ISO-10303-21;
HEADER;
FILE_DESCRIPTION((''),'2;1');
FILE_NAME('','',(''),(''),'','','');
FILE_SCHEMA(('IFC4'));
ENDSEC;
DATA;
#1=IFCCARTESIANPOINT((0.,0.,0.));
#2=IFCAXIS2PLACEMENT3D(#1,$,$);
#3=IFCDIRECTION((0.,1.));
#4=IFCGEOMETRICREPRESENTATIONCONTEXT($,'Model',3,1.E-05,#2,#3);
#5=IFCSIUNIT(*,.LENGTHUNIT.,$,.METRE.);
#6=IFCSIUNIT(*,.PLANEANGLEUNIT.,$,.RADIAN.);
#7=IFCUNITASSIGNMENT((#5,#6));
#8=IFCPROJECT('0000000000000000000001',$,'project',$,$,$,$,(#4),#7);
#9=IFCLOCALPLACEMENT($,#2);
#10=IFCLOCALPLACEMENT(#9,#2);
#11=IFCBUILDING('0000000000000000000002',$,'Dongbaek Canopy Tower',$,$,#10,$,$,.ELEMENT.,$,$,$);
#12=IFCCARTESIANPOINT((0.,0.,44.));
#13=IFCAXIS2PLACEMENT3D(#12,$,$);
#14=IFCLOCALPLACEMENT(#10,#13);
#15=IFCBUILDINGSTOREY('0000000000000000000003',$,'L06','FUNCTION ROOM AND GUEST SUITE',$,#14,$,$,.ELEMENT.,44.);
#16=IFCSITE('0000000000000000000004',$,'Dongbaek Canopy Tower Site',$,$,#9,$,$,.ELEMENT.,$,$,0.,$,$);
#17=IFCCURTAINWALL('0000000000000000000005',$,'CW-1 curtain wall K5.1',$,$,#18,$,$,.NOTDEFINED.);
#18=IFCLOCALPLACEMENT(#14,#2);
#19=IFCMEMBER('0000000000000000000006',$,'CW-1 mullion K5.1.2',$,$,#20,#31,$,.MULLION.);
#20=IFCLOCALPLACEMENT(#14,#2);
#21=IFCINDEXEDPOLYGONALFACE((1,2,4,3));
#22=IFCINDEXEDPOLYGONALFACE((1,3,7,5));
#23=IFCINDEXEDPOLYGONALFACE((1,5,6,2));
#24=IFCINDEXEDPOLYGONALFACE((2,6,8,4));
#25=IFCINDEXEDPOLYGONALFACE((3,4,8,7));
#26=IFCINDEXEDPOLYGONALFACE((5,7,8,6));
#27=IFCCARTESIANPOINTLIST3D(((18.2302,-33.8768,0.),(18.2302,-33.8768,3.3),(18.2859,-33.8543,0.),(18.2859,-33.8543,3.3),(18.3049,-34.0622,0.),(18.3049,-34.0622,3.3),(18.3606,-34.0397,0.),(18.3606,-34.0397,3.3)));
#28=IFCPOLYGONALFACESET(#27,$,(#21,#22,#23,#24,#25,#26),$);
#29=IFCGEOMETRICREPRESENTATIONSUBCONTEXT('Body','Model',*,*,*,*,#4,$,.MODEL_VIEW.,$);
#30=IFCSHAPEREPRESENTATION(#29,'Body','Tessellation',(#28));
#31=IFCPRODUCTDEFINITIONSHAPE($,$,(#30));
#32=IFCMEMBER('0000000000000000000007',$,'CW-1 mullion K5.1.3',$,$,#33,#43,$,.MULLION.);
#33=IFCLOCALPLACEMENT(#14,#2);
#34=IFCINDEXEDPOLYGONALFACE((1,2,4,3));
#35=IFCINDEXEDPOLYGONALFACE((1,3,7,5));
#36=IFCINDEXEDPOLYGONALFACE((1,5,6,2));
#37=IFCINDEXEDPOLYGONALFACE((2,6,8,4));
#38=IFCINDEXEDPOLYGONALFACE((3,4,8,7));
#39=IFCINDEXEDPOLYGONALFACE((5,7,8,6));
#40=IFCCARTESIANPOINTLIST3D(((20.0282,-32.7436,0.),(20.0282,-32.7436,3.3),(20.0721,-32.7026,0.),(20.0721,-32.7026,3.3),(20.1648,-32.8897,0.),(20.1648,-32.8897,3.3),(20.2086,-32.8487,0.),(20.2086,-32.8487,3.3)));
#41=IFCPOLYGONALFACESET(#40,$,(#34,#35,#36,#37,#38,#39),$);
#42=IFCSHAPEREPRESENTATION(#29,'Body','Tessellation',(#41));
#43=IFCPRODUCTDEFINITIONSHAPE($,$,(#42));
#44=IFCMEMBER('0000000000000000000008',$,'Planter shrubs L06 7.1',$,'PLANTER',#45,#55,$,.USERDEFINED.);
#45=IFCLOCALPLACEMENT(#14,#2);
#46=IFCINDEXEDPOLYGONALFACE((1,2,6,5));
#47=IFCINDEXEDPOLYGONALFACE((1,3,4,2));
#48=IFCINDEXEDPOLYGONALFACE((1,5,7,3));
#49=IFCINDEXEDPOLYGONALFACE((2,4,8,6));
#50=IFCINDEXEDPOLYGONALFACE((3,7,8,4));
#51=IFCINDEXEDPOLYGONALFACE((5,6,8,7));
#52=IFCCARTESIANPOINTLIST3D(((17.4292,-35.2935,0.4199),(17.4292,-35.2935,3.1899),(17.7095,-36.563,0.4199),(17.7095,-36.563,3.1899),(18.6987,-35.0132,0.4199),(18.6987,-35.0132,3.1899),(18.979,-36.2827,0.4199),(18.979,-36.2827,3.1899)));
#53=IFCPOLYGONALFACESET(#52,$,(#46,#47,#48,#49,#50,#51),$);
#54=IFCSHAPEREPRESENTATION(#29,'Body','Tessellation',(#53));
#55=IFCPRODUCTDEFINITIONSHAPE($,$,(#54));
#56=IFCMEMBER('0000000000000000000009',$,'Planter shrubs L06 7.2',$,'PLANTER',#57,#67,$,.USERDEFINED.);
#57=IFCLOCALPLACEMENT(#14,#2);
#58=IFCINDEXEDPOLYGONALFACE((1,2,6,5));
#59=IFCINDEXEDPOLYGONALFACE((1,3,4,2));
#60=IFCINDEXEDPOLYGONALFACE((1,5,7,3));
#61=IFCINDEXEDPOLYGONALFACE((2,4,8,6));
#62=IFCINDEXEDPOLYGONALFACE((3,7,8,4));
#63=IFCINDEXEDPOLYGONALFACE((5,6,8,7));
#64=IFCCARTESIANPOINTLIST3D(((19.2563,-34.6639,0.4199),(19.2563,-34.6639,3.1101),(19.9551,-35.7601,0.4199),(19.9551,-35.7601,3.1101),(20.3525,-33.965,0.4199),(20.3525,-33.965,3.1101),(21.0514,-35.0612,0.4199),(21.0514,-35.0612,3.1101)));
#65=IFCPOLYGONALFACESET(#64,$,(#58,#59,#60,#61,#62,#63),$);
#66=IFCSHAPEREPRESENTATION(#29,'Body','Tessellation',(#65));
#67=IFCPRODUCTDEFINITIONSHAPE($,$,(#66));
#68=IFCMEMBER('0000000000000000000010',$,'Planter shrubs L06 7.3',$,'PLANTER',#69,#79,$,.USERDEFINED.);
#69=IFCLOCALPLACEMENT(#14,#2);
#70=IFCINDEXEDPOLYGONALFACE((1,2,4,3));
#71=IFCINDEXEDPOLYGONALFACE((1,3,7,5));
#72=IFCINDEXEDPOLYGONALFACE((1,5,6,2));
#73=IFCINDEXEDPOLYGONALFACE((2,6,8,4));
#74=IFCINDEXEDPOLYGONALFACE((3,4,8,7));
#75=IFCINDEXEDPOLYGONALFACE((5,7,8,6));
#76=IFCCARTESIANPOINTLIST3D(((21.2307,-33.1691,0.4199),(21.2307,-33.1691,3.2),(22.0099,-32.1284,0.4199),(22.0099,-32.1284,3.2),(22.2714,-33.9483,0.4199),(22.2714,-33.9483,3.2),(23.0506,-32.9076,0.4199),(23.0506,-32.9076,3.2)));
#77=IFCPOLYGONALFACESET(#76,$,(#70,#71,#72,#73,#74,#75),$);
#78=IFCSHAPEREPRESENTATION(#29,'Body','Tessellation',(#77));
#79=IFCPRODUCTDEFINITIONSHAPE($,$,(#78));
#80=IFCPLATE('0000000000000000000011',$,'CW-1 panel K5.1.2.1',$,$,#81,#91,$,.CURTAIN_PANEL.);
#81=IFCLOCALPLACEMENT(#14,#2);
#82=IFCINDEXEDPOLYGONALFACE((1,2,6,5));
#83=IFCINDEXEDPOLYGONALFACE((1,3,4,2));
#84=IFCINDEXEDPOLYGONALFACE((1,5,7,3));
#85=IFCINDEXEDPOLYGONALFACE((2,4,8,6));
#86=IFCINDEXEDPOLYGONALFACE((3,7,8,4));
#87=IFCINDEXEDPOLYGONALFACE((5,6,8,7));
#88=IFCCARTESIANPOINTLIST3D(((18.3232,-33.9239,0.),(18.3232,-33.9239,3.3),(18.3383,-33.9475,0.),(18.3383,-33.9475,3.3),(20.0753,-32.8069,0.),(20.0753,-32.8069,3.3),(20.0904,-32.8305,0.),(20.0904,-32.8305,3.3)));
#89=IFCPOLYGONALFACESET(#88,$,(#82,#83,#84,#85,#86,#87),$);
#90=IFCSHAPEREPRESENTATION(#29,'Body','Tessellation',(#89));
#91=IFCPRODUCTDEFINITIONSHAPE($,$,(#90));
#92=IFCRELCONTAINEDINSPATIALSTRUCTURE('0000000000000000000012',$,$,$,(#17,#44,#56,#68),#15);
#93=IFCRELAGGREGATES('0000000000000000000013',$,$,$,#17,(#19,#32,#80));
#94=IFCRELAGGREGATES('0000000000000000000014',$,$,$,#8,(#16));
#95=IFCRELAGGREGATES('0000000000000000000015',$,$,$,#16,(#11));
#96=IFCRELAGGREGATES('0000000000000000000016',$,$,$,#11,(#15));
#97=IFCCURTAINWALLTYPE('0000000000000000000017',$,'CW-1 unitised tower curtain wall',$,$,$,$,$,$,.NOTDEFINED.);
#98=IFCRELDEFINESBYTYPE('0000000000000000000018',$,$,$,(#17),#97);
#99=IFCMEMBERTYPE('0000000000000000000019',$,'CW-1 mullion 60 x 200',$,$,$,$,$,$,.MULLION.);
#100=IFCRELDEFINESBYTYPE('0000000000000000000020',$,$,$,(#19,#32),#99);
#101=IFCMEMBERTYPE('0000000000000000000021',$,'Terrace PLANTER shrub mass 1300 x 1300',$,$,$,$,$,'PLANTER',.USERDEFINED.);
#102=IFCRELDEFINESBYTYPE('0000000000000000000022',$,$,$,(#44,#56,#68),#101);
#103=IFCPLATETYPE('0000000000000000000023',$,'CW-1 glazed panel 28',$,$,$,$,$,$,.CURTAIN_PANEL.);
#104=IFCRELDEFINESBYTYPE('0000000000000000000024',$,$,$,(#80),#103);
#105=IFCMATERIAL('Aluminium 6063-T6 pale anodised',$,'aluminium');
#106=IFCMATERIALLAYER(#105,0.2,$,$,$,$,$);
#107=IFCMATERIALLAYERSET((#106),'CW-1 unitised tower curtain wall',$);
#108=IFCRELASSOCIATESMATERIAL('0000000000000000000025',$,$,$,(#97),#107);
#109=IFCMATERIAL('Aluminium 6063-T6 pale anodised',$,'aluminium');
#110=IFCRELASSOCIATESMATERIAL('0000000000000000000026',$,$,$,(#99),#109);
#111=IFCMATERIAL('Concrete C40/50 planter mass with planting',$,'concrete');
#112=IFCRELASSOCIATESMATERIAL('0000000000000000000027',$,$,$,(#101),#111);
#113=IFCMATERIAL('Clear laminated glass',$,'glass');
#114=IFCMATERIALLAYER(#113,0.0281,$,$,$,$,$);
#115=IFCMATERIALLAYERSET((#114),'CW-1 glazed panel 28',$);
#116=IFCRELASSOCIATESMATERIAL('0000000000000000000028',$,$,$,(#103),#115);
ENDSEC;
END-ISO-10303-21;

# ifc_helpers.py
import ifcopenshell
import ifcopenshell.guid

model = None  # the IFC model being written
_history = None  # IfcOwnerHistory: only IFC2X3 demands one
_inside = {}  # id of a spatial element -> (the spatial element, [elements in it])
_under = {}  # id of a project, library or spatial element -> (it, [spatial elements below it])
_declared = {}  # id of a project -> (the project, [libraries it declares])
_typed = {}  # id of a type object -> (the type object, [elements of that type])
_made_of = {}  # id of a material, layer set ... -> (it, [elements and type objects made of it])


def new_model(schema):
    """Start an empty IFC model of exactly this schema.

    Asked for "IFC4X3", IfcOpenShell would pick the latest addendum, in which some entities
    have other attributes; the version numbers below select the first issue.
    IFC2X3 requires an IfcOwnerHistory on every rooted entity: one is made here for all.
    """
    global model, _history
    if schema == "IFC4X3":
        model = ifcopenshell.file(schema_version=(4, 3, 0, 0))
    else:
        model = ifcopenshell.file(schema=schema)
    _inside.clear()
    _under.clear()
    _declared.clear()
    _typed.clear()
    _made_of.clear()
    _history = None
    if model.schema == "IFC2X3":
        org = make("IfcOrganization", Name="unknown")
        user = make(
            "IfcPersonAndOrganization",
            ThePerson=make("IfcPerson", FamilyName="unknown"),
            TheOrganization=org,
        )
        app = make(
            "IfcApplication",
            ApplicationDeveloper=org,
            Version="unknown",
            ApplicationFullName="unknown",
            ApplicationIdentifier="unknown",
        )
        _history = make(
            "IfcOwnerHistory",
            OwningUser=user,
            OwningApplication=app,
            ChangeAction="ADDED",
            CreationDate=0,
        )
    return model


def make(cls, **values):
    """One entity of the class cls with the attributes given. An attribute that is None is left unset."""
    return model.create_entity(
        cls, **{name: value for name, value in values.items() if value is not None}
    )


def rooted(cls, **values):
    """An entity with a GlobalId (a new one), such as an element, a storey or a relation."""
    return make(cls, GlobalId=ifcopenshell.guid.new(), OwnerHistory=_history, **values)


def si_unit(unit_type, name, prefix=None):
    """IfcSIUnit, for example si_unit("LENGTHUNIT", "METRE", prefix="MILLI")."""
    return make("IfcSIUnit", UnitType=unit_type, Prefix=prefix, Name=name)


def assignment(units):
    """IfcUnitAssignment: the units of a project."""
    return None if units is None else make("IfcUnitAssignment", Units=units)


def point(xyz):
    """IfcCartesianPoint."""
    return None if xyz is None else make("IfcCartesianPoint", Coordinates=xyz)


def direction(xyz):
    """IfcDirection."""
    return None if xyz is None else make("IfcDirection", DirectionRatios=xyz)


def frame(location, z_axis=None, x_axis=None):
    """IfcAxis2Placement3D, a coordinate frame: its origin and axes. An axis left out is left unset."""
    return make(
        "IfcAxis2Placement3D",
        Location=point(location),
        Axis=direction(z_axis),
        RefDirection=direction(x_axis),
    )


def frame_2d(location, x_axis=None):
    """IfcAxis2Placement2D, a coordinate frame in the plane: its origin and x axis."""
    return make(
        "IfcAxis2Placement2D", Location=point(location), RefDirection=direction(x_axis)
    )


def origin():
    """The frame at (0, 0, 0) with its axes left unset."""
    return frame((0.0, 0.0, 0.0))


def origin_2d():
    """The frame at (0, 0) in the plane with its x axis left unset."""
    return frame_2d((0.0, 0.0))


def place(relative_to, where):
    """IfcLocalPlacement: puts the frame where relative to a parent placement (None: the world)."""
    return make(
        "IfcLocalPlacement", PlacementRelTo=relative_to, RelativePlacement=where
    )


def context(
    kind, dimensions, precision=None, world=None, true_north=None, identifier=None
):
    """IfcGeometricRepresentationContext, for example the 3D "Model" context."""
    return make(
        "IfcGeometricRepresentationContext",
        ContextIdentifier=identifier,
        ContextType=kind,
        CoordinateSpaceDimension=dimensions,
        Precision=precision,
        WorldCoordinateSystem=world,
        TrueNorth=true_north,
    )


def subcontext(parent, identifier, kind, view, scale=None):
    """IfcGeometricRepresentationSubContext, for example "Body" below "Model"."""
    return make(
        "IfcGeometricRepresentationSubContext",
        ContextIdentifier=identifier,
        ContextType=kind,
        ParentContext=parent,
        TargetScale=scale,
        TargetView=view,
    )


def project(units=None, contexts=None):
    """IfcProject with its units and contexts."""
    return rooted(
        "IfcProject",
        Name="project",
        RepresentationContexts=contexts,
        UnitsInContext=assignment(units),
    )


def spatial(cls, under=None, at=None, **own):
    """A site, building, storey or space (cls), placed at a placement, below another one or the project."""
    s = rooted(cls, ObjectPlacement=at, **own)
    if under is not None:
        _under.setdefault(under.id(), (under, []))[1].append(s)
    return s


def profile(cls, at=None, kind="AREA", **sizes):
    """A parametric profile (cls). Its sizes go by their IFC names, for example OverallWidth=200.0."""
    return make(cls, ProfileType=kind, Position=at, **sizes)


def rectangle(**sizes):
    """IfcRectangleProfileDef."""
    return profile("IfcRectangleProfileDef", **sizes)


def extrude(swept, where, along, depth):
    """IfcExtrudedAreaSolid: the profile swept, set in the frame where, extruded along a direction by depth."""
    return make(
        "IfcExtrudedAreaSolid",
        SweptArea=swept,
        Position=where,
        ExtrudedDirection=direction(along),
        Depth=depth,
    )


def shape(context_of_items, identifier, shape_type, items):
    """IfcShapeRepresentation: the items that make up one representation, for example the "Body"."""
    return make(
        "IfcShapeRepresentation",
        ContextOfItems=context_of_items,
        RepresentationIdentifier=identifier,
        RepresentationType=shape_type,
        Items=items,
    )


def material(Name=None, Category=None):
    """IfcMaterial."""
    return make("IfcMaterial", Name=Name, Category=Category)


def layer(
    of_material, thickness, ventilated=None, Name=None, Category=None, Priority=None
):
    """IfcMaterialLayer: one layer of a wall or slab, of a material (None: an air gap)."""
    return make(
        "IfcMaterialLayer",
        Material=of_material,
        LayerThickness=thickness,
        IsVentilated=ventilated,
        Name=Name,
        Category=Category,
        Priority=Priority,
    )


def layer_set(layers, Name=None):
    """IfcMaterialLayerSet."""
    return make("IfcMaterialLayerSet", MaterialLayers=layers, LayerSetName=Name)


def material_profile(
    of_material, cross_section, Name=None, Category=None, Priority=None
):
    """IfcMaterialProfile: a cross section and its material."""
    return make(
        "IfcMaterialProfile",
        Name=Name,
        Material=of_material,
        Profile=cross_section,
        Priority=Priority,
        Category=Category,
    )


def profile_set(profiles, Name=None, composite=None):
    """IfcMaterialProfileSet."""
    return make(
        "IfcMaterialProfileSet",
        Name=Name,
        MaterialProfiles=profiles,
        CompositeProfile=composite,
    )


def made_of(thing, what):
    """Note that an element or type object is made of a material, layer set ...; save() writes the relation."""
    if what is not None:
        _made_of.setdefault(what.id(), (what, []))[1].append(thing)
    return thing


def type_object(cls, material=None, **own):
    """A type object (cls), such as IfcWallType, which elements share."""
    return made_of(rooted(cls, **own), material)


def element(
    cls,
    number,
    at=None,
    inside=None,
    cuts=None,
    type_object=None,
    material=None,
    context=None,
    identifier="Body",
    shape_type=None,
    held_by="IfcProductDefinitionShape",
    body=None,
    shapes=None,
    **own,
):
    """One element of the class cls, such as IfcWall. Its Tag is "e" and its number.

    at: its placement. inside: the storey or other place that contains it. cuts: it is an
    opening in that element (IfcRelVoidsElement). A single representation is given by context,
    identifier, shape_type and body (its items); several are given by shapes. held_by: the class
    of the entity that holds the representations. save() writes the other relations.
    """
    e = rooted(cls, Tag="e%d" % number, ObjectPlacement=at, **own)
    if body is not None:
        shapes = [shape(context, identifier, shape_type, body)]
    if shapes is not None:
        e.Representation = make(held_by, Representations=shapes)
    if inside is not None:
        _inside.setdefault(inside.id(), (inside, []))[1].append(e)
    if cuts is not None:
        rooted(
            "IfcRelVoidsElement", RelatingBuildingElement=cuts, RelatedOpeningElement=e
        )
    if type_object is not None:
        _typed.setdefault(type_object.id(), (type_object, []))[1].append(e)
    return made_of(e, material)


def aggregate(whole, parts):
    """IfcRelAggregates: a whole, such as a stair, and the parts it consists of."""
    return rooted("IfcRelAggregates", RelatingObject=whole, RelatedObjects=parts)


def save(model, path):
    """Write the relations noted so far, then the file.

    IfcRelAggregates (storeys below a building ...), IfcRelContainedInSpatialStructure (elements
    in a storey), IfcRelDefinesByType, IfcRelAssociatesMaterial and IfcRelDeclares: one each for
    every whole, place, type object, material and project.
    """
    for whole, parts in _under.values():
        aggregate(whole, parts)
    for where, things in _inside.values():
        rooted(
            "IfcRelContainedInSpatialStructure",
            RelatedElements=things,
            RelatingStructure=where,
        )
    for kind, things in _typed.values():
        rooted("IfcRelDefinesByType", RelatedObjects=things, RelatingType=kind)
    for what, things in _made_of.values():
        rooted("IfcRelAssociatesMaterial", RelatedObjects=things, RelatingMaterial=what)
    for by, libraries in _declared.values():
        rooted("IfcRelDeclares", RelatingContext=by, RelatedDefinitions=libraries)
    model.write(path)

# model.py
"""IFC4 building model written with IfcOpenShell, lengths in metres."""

from ifc_helpers import new_model, si_unit, direction, frame, origin, origin_2d, place, context, subcontext, project, spatial, rectangle, extrude, material, layer, layer_set, material_profile, profile_set, type_object, element, aggregate, save


model = new_model("IFC4")

# Units and contexts
model_context = context("Model", 3, precision=1e-05, world=origin(), true_north=direction((0.0, 1.0)))
body_context = subcontext(model_context, "Body", "Model", "MODEL_VIEW")
ifc_project = project(units=[si_unit("LENGTHUNIT", "METRE"), si_unit("PLANEANGLEUNIT", "RADIAN")], contexts=[model_context])

# Site, building, storey
site_placement = place(None, origin())
site = spatial("IfcSite", under=ifc_project, at=site_placement, Name="Dongbaek Canopy Tower Site", CompositionType="ELEMENT", RefElevation=0.0)
building_placement = place(site_placement, origin())
building = spatial("IfcBuilding", under=site, at=building_placement, Name="Dongbaek Canopy Tower", CompositionType="ELEMENT")
storey_placement = place(building_placement, frame((0.0, 0.0, 44.0)))
storey = spatial("IfcBuildingStorey", under=building, at=storey_placement, Name="L06", Description="FUNCTION ROOM AND GUEST SUITE", CompositionType="ELEMENT", Elevation=44.0)

# Curtain wall, members
ifc_material_1 = material(Name="Aluminium 6063-T6 pale anodised", Category="aluminium")
ifc_layer_1 = layer(ifc_material_1, 0.2)
ifc_layer_set_1 = layer_set([ifc_layer_1], Name="CW-1 unitised tower curtain wall")
curtain_wall_type = type_object("IfcCurtainWallType", Name="CW-1 unitised tower curtain wall", PredefinedType="NOTDEFINED", material=ifc_layer_set_1)
curtain_wall_placement = place(storey_placement, origin())
curtain_wall = element("IfcCurtainWall", 1, at=curtain_wall_placement, inside=storey, type_object=curtain_wall_type, Name="CW-1 curtain wall K5.1", PredefinedType="NOTDEFINED")
ifc_material_2 = material(Name="Aluminium 6063-T6 pale anodised", Category="aluminium")
ifc_material_profile_1 = material_profile(ifc_material_2, rectangle(XDim=0.2, YDim=0.0601, at=origin_2d()), Name="CW-1 mullion 60 x 200")
ifc_profile_set_1 = profile_set([ifc_material_profile_1], Name="Aluminium 6063-T6 pale anodised")
member_type_1 = type_object("IfcMemberType", Name="CW-1 mullion 60 x 200", PredefinedType="MULLION", material=ifc_profile_set_1)
member_1_placement = place(storey_placement, frame((18.2954, -33.9583, 0.0), z_axis=(0.0, 0.0, 1.0), x_axis=(0.373929, -0.927457, 0.0)))
member_1 = element("IfcMember", 2, at=member_1_placement, type_object=member_type_1, Name="CW-1 mullion K5.1.2", PredefinedType="MULLION", context=body_context, shape_type="SweptSolid", body=[
    extrude(rectangle(XDim=0.2, YDim=0.0601, at=origin_2d()), origin(), (0.0, 0.0, 1.0), 3.3),
])
member_2_placement = place(storey_placement, frame((20.1184, -32.7961, 0.0), z_axis=(0.0, 0.0, 1.0), x_axis=(0.683001, -0.730417, 0.0)))
member_2 = element("IfcMember", 3, at=member_2_placement, type_object=member_type_1, Name="CW-1 mullion K5.1.3", PredefinedType="MULLION", context=body_context, shape_type="SweptSolid", body=[
    extrude(rectangle(XDim=0.2, YDim=0.0601, at=origin_2d()), origin(), (0.0, 0.0, 1.0), 3.3),
])

# Members
ifc_material_3 = material(Name="Concrete C40/50 planter mass with planting", Category="concrete")
ifc_material_profile_2 = material_profile(ifc_material_3, rectangle(XDim=1.3, YDim=1.3, at=origin_2d()), Name="Terrace PLANTER shrub mass 1300 x 1300")
ifc_profile_set_2 = profile_set([ifc_material_profile_2], Name="Concrete C40/50 planter mass with planting")
member_type_2 = type_object("IfcMemberType", Name="Terrace PLANTER shrub mass 1300 x 1300", ElementType="PLANTER", PredefinedType="USERDEFINED", material=ifc_profile_set_2)
member_3_placement = place(storey_placement, frame((18.2041, -35.7881, 0.4199), z_axis=(0.0, 0.0, 1.0), x_axis=(0.215584, -0.976485, 0.0)))
element("IfcMember", 4, at=member_3_placement, inside=storey, type_object=member_type_2, Name="Planter shrubs L06 7.1", ObjectType="PLANTER", PredefinedType="USERDEFINED", context=body_context, shape_type="SweptSolid", body=[
    extrude(rectangle(XDim=1.3, YDim=1.3, at=origin_2d()), origin(), (0.0, 0.0, 1.0), 2.77),
])
member_4_placement = place(storey_placement, frame((20.1538, -34.8625, 0.4199), z_axis=(0.0, 0.0, 1.0), x_axis=(0.53757, -0.843219, 0.0)))
element("IfcMember", 5, at=member_4_placement, inside=storey, type_object=member_type_2, Name="Planter shrubs L06 7.2", ObjectType="PLANTER", PredefinedType="USERDEFINED", context=body_context, shape_type="SweptSolid", body=[
    extrude(rectangle(XDim=1.3, YDim=1.3, at=origin_2d()), origin(), (0.0, 0.0, 1.0), 2.6902),
])
member_5_placement = place(storey_placement, frame((22.1406, -33.0383, 0.4199), z_axis=(0.0, 0.0, 1.0), x_axis=(0.800497, -0.599337, 0.0)))
element("IfcMember", 6, at=member_5_placement, inside=storey, type_object=member_type_2, Name="Planter shrubs L06 7.3", ObjectType="PLANTER", PredefinedType="USERDEFINED", context=body_context, shape_type="SweptSolid", body=[
    extrude(rectangle(XDim=1.3, YDim=1.3, at=origin_2d()), origin(), (0.0, 0.0, 1.0), 2.78),
])

# Plate
ifc_material_4 = material(Name="Clear laminated glass", Category="glass")
ifc_layer_2 = layer(ifc_material_4, 0.0281)
ifc_layer_set_2 = layer_set([ifc_layer_2], Name="CW-1 glazed panel 28")
plate_type = type_object("IfcPlateType", Name="CW-1 glazed panel 28", PredefinedType="CURTAIN_PANEL", material=ifc_layer_set_2)
plate_placement = place(storey_placement, frame((19.2068, -33.3772, 0.0), z_axis=(0.0, 0.0, 1.0), x_axis=(0.843219, 0.53757, 0.0)))
plate = element("IfcPlate", 7, at=plate_placement, type_object=plate_type, Name="CW-1 panel K5.1.2.1", PredefinedType="CURTAIN_PANEL", context=body_context, shape_type="SweptSolid", body=[
    extrude(rectangle(XDim=2.0779, YDim=0.0281, at=origin_2d()), origin(), (0.0, 0.0, 1.0), 3.3),
])
aggregate(curtain_wall, [member_1, member_2, plate])

save(model, "model.ifc")
